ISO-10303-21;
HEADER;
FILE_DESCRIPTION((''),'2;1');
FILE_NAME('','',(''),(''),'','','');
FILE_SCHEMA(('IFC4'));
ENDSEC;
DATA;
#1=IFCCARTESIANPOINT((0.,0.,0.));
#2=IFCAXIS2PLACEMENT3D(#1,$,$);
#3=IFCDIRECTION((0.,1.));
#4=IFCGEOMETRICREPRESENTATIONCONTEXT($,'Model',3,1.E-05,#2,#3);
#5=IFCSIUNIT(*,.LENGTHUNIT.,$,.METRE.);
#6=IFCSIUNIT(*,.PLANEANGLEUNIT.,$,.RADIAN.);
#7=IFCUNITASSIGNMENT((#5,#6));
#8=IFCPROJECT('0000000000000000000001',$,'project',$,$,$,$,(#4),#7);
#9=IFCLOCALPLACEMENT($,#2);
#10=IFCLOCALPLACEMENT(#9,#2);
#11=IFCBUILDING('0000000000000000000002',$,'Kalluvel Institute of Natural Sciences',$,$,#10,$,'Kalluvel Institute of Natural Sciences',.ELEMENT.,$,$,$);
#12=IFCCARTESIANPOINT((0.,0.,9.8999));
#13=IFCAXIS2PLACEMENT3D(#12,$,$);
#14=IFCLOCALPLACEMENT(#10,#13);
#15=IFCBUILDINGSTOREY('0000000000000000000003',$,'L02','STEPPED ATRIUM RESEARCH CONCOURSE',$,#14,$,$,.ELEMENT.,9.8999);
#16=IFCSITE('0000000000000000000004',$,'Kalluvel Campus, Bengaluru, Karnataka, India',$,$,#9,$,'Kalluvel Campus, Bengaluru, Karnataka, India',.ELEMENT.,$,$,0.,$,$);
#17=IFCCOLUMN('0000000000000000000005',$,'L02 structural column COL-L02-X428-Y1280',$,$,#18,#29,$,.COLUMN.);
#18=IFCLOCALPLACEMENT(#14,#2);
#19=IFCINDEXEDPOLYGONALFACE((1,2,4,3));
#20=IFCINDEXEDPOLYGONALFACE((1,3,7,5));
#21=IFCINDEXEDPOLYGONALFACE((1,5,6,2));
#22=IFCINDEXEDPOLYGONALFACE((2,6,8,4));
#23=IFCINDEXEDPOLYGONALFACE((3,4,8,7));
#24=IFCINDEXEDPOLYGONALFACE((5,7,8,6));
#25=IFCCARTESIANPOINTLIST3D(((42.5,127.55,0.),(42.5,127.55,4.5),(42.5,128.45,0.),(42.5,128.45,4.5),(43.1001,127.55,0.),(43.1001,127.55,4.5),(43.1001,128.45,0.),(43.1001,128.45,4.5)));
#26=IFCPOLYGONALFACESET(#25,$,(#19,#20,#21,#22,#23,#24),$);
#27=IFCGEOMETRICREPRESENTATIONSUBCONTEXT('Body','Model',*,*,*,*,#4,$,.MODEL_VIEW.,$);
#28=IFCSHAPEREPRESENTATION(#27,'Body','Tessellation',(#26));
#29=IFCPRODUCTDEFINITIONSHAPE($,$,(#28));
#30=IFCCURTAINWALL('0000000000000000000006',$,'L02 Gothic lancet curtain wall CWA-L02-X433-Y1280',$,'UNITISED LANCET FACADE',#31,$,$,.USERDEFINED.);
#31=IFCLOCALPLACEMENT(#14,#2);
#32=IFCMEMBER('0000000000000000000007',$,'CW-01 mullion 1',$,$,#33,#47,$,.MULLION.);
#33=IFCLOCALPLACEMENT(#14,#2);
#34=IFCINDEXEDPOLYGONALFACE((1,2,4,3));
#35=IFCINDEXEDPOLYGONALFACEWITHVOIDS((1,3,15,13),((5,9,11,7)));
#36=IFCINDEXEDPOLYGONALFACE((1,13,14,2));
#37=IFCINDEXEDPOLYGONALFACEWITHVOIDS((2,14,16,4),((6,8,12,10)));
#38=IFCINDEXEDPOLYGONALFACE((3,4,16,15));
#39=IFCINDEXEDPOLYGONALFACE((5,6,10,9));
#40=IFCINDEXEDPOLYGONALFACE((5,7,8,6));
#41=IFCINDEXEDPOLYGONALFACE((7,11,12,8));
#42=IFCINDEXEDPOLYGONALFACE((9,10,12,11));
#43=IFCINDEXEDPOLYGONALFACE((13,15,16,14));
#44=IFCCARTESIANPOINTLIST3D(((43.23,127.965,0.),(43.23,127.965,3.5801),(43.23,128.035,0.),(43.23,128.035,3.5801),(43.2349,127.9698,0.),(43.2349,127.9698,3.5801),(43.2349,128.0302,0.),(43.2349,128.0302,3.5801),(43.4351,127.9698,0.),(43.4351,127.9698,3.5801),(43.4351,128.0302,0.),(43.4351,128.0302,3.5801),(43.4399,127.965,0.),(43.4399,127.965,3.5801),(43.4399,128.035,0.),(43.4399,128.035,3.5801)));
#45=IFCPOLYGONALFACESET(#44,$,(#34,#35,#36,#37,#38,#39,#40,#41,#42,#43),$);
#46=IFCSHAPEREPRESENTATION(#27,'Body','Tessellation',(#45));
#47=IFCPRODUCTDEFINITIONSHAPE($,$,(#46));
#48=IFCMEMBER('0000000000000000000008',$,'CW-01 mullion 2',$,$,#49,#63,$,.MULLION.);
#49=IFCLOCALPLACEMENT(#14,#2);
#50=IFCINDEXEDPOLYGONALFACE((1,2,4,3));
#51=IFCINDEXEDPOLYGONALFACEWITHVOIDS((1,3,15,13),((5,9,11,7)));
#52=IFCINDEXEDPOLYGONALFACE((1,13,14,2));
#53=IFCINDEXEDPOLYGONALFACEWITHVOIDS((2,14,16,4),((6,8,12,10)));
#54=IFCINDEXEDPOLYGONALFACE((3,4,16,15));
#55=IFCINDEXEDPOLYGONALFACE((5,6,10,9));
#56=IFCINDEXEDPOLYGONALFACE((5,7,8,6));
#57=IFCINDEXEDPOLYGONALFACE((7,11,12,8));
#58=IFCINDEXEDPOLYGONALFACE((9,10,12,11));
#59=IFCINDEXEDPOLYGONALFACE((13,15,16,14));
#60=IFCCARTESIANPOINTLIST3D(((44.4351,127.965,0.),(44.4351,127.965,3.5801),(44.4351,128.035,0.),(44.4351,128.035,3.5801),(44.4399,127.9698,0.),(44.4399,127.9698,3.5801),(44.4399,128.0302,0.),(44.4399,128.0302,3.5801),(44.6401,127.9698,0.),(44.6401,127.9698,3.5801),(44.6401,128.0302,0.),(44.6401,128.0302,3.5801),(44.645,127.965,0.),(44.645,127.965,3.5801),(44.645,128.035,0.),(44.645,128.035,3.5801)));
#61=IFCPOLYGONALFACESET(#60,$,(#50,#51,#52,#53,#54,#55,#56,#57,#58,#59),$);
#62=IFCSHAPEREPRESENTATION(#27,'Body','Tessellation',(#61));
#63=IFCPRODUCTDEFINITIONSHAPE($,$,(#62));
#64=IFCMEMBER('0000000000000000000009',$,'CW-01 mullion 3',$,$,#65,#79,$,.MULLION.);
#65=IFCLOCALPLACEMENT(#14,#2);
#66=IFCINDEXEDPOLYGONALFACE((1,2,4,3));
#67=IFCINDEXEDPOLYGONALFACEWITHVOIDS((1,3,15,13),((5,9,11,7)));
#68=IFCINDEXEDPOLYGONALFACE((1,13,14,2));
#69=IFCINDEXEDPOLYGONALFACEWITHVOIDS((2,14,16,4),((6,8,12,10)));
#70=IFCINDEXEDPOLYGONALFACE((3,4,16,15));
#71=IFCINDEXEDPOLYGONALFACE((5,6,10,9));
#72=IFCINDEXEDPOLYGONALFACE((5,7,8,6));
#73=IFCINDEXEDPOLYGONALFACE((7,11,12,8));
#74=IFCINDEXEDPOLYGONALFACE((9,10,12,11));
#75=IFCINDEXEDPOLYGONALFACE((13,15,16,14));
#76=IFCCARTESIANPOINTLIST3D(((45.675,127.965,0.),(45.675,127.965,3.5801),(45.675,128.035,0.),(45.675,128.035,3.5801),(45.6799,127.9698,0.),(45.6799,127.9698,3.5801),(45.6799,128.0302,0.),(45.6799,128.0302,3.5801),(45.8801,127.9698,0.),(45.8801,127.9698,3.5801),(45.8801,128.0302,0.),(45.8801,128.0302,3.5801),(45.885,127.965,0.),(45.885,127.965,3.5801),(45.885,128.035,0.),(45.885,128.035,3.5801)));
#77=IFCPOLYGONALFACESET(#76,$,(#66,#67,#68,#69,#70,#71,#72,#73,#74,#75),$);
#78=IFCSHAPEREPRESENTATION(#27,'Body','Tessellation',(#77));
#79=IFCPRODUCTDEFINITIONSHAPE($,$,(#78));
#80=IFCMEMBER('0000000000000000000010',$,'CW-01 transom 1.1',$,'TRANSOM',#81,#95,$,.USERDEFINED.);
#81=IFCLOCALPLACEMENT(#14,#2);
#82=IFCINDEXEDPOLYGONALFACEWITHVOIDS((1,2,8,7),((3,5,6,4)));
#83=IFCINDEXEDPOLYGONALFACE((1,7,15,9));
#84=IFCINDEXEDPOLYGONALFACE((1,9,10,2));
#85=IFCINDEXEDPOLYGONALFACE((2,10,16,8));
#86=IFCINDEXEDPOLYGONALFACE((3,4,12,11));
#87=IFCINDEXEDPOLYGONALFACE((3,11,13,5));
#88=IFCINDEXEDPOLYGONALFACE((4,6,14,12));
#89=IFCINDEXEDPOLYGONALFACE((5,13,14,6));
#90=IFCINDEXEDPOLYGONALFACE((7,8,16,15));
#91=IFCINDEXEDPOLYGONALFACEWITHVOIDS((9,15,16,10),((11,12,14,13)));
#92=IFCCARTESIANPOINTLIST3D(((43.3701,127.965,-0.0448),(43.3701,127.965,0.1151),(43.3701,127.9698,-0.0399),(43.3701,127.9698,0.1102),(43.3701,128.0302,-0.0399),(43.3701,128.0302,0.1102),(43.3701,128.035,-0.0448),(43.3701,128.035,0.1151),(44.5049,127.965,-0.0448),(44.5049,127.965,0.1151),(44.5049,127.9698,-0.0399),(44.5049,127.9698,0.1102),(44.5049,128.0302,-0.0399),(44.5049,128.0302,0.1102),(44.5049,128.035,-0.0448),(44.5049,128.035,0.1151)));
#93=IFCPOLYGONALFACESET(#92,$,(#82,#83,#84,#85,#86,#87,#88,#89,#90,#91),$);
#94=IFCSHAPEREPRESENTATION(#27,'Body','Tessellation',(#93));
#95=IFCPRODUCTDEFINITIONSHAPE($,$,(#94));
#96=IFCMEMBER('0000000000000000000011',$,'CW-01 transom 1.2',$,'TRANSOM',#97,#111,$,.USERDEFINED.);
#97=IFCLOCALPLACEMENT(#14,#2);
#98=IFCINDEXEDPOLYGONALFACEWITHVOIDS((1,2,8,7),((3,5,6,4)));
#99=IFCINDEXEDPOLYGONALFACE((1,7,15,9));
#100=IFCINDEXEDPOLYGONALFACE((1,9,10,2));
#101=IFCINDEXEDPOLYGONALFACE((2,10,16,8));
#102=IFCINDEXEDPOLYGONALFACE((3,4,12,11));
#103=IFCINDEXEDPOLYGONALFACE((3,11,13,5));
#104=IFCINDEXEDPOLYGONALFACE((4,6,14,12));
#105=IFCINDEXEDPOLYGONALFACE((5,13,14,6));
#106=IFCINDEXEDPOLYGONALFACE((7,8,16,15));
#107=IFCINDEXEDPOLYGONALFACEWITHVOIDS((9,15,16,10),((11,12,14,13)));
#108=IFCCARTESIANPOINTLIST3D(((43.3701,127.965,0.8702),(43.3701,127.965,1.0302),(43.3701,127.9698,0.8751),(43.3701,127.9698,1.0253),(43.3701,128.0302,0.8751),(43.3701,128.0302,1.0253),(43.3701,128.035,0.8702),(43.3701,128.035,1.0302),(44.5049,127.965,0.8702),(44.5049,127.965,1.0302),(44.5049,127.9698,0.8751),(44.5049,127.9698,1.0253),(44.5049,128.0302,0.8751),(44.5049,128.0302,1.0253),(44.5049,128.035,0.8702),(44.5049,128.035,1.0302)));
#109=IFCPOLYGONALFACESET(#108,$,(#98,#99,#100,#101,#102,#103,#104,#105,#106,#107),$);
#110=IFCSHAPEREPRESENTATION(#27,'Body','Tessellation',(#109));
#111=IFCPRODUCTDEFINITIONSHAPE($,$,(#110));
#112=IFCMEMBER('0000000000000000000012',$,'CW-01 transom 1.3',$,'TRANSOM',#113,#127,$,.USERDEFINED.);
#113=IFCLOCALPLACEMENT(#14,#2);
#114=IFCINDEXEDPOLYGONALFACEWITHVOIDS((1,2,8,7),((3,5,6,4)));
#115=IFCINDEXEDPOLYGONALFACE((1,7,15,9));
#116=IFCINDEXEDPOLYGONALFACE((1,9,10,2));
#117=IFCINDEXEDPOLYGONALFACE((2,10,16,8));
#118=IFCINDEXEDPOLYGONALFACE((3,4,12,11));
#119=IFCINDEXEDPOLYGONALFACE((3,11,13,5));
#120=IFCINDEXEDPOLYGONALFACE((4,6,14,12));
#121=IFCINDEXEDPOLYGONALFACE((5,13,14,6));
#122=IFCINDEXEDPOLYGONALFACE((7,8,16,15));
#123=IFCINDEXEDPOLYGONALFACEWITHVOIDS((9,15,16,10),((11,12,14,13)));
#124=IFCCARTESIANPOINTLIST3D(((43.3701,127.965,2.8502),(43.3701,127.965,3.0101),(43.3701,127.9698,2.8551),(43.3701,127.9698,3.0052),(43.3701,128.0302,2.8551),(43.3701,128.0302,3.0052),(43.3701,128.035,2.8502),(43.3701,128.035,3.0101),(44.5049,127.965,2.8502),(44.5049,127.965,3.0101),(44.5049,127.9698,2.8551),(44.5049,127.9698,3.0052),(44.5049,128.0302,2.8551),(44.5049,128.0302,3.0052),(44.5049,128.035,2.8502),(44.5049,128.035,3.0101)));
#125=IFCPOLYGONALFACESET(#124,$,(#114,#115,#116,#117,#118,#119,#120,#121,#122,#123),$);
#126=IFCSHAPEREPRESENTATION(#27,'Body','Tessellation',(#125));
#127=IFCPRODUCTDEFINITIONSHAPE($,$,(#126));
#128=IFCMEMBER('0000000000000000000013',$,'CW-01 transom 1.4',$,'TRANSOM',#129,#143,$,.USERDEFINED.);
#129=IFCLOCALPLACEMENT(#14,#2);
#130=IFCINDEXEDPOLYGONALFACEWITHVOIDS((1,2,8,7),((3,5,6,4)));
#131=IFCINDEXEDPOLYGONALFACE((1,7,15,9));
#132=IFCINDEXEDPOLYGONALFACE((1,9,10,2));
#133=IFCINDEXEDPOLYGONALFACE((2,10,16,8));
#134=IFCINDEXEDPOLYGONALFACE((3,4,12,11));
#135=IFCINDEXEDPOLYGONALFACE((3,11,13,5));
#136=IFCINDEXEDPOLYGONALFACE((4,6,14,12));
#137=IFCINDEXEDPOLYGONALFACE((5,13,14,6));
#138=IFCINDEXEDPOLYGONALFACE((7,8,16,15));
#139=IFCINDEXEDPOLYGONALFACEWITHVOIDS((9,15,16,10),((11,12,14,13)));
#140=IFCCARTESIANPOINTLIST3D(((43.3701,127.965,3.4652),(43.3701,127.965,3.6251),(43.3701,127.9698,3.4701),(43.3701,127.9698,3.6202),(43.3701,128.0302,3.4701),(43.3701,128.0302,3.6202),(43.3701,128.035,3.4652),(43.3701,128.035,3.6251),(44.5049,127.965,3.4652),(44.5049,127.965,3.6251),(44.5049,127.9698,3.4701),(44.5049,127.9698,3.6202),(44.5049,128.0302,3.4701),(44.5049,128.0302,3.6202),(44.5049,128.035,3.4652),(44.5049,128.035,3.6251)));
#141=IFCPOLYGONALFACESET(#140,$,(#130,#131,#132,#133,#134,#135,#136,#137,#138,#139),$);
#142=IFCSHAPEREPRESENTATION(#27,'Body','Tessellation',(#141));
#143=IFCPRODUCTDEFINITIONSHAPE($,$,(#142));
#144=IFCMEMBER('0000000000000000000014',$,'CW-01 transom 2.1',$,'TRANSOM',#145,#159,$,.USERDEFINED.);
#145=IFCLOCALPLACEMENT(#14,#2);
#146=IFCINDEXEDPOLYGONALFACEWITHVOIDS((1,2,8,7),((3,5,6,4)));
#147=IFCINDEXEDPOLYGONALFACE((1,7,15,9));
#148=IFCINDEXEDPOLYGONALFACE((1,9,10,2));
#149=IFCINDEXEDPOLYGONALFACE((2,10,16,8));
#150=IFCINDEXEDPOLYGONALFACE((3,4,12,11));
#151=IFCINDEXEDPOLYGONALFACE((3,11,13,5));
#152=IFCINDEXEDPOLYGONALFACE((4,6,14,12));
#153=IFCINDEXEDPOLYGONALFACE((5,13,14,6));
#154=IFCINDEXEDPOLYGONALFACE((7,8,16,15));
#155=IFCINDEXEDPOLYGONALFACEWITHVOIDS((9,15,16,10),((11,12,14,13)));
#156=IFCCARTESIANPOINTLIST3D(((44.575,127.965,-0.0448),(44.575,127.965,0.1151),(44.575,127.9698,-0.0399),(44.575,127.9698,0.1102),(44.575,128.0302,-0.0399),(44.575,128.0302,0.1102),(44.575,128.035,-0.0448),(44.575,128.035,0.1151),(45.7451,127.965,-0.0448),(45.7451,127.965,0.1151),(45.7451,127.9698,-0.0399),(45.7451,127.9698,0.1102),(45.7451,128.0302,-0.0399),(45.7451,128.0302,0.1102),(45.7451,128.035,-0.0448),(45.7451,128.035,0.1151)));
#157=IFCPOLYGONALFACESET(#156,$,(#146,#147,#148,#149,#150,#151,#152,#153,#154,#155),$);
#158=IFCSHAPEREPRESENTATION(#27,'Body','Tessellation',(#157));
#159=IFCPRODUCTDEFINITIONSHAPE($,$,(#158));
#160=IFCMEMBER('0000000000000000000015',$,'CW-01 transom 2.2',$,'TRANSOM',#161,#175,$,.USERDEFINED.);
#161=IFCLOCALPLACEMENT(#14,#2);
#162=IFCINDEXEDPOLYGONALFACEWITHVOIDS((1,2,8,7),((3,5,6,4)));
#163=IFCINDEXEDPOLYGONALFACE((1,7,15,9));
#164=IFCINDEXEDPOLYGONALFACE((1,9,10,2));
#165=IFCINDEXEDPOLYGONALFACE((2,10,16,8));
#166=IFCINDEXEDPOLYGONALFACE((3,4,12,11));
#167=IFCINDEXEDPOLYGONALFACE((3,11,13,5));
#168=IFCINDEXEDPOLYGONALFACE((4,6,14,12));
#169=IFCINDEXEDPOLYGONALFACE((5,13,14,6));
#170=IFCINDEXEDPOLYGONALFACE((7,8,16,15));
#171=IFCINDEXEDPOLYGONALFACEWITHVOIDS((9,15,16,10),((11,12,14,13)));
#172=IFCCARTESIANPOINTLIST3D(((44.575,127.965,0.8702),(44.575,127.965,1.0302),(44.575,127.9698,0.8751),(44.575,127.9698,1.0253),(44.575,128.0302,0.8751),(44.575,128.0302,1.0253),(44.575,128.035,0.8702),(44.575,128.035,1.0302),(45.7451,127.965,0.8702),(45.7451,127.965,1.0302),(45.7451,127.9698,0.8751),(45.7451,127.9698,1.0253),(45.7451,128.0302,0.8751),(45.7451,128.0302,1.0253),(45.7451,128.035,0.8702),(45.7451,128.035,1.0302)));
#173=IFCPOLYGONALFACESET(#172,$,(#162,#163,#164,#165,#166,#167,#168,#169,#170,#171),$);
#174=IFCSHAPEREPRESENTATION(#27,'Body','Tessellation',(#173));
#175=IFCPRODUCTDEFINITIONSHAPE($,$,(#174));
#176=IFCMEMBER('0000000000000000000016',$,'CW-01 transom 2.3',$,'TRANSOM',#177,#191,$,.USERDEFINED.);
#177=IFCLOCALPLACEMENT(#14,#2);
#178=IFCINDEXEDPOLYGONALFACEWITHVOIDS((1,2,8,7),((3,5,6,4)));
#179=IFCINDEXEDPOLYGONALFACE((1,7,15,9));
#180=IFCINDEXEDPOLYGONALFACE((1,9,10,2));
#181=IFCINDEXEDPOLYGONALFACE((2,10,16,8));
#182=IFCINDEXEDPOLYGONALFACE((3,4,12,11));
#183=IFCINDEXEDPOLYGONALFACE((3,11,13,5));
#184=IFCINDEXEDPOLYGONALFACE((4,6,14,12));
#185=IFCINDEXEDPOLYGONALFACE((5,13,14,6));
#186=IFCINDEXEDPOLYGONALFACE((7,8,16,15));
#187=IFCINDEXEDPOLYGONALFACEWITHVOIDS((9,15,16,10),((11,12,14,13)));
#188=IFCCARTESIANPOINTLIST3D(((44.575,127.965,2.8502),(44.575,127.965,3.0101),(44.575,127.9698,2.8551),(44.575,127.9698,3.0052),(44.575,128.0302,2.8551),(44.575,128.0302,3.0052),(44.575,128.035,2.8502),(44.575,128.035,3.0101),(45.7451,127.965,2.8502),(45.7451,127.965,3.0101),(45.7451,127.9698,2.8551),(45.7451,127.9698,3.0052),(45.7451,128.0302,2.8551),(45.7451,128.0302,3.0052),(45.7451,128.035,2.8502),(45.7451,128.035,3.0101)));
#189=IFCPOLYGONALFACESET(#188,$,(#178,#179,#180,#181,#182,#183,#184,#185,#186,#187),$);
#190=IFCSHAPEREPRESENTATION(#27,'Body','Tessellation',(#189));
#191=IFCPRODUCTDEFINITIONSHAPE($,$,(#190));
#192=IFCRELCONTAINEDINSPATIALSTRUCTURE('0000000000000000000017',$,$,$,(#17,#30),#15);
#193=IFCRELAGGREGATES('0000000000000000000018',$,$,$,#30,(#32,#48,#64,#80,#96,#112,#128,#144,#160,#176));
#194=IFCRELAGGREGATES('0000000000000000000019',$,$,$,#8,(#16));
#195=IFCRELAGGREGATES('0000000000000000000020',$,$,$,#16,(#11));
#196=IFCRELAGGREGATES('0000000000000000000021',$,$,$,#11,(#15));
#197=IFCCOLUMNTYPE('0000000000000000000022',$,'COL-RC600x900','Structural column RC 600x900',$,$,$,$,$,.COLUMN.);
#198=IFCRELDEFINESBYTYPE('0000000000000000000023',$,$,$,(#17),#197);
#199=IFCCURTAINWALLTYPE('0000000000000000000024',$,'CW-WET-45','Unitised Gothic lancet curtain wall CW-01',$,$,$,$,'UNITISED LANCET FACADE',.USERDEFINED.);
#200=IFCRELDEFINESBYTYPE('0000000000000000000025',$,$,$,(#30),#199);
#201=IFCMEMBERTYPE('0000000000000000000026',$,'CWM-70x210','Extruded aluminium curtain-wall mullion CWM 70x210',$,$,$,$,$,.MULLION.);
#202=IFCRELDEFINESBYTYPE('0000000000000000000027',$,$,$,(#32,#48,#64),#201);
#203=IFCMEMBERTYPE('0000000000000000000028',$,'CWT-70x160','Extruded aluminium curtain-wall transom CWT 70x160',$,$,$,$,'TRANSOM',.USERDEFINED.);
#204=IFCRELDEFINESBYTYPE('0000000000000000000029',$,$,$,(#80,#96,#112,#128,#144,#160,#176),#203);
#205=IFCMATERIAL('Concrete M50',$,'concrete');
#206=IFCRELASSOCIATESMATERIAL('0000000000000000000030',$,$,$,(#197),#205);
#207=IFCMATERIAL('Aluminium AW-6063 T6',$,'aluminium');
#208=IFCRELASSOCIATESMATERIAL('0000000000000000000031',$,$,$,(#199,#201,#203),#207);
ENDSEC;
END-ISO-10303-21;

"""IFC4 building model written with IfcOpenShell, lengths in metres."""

from ifc_helpers import new_model, si_unit, direction, frame, origin, origin_2d, place, context, subcontext, project, spatial, rectangle, hollow_rectangle, extrude, material, material_profile, profile_set, type_object, element, aggregate, save


model = new_model("IFC4")

# Units and contexts
model_context = context("Model", 3, precision=1e-05, world=origin(), true_north=direction((0.0, 1.0)))
body_context = subcontext(model_context, "Body", "Model", "MODEL_VIEW")
ifc_project = project(units=[si_unit("LENGTHUNIT", "METRE"), si_unit("PLANEANGLEUNIT", "RADIAN")], contexts=[model_context])

# Site, building, storey
site_placement = place(None, origin())
site = spatial("IfcSite", under=ifc_project, at=site_placement, Name="Kalluvel Campus, Bengaluru, Karnataka, India", LongName="Kalluvel Campus, Bengaluru, Karnataka, India", CompositionType="ELEMENT", RefElevation=0.0)
building_placement = place(site_placement, origin())
building = spatial("IfcBuilding", under=site, at=building_placement, Name="Kalluvel Institute of Natural Sciences", LongName="Kalluvel Institute of Natural Sciences", CompositionType="ELEMENT")
storey_placement = place(building_placement, frame((0.0, 0.0, 9.8999)))
storey = spatial("IfcBuildingStorey", under=building, at=storey_placement, Name="L02", Description="STEPPED ATRIUM RESEARCH CONCOURSE", CompositionType="ELEMENT", Elevation=9.8999)

# Column
ifc_material_1 = material(Name="Concrete M50", Category="concrete")
ifc_material_profile_1 = material_profile(ifc_material_1, rectangle(XDim=0.6001, YDim=0.8999, at=origin_2d()), Name="RC 600x900")
ifc_profile_set_1 = profile_set([ifc_material_profile_1], Name="Concrete M50")
column_type = type_object("IfcColumnType", Name="COL-RC600x900", Description="Structural column RC 600x900", PredefinedType="COLUMN", material=ifc_profile_set_1)
column_placement = place(storey_placement, frame((42.8, 128.0, 0.0), z_axis=(0.0, 0.0, 1.0), x_axis=(1.0, 0.0, 0.0)))
element("IfcColumn", 1, at=column_placement, inside=storey, type_object=column_type, Name="L02 structural column COL-L02-X428-Y1280", PredefinedType="COLUMN", context=body_context, shape_type="SweptSolid", body=[
    extrude(rectangle(XDim=0.6001, YDim=0.8999, at=origin_2d()), origin(), (0.0, 0.0, 1.0), 4.5),
])

# Curtain wall, members
ifc_material_2 = material(Name="Aluminium AW-6063 T6", Category="aluminium")
curtain_wall_type = type_object("IfcCurtainWallType", Name="CW-WET-45", Description="Unitised Gothic lancet curtain wall CW-01", ElementType="UNITISED LANCET FACADE", PredefinedType="USERDEFINED", material=ifc_material_2)
curtain_wall_placement = place(storey_placement, origin())
curtain_wall = element("IfcCurtainWall", 2, at=curtain_wall_placement, inside=storey, type_object=curtain_wall_type, Name="L02 Gothic lancet curtain wall CWA-L02-X433-Y1280", ObjectType="UNITISED LANCET FACADE", PredefinedType="USERDEFINED")
ifc_material_profile_2 = material_profile(ifc_material_2, hollow_rectangle(XDim=0.0701, YDim=0.21, WallThickness=0.0049, at=origin_2d()), Name="CWM 70x210")
ifc_profile_set_2 = profile_set([ifc_material_profile_2], Name="Aluminium AW-6063 T6")
member_type_1 = type_object("IfcMemberType", Name="CWM-70x210", Description="Extruded aluminium curtain-wall mullion CWM 70x210", PredefinedType="MULLION", material=ifc_profile_set_2)
member_1_placement = place(storey_placement, frame((43.335, 128.0, 0.0), z_axis=(0.0, 0.0, 1.0), x_axis=(0.0, 1.0, 0.0)))
member_1 = element("IfcMember", 3, at=member_1_placement, type_object=member_type_1, Name="CW-01 mullion 1", PredefinedType="MULLION", context=body_context, shape_type="SweptSolid", body=[
    extrude(hollow_rectangle(XDim=0.0701, YDim=0.21, WallThickness=0.0049, at=origin_2d()), origin(), (0.0, 0.0, 1.0), 3.5801),
])
member_2_placement = place(storey_placement, frame((44.54, 128.0, 0.0), z_axis=(0.0, 0.0, 1.0), x_axis=(0.0, 1.0, 0.0)))
member_2 = element("IfcMember", 4, at=member_2_placement, type_object=member_type_1, Name="CW-01 mullion 2", PredefinedType="MULLION", context=body_context, shape_type="SweptSolid", body=[
    extrude(hollow_rectangle(XDim=0.0701, YDim=0.21, WallThickness=0.0049, at=origin_2d()), origin(), (0.0, 0.0, 1.0), 3.5801),
])
member_3_placement = place(storey_placement, frame((45.78, 128.0, 0.0), z_axis=(0.0, 0.0, 1.0), x_axis=(0.0, 1.0, 0.0)))
member_3 = element("IfcMember", 5, at=member_3_placement, type_object=member_type_1, Name="CW-01 mullion 3", PredefinedType="MULLION", context=body_context, shape_type="SweptSolid", body=[
    extrude(hollow_rectangle(XDim=0.0701, YDim=0.21, WallThickness=0.0049, at=origin_2d()), origin(), (0.0, 0.0, 1.0), 3.5801),
])
ifc_material_profile_3 = material_profile(ifc_material_2, hollow_rectangle(XDim=0.0701, YDim=0.1599, WallThickness=0.0049, at=origin_2d()), Name="CWT 70x160")
ifc_profile_set_3 = profile_set([ifc_material_profile_3], Name="Aluminium AW-6063 T6")
member_type_2 = type_object("IfcMemberType", Name="CWT-70x160", Description="Extruded aluminium curtain-wall transom CWT 70x160", ElementType="TRANSOM", PredefinedType="USERDEFINED", material=ifc_profile_set_3)
member_4_placement = place(storey_placement, frame((43.3701, 128.0, 0.0352), z_axis=(1.0, 0.0, 0.0), x_axis=(0.0, 1.0, 0.0)))
member_4 = element("IfcMember", 6, at=member_4_placement, type_object=member_type_2, Name="CW-01 transom 1.1", ObjectType="TRANSOM", PredefinedType="USERDEFINED", context=body_context, shape_type="SweptSolid", body=[
    extrude(hollow_rectangle(XDim=0.0701, YDim=0.1599, WallThickness=0.0049, at=origin_2d()), origin(), (0.0, 0.0, 1.0), 1.1348),
])
member_5_placement = place(storey_placement, frame((43.3701, 128.0, 0.9502), z_axis=(1.0, 0.0, 0.0), x_axis=(0.0, 1.0, 0.0)))
member_5 = element("IfcMember", 7, at=member_5_placement, type_object=member_type_2, Name="CW-01 transom 1.2", ObjectType="TRANSOM", PredefinedType="USERDEFINED", context=body_context, shape_type="SweptSolid", body=[
    extrude(hollow_rectangle(XDim=0.0701, YDim=0.1599, WallThickness=0.0049, at=origin_2d()), origin(), (0.0, 0.0, 1.0), 1.1348),
])
member_6_placement = place(storey_placement, frame((43.3701, 128.0, 2.9302), z_axis=(1.0, 0.0, 0.0), x_axis=(0.0, 1.0, 0.0)))
member_6 = element("IfcMember", 8, at=member_6_placement, type_object=member_type_2, Name="CW-01 transom 1.3", ObjectType="TRANSOM", PredefinedType="USERDEFINED", context=body_context, shape_type="SweptSolid", body=[
    extrude(hollow_rectangle(XDim=0.0701, YDim=0.1599, WallThickness=0.0049, at=origin_2d()), origin(), (0.0, 0.0, 1.0), 1.1348),
])
member_7_placement = place(storey_placement, frame((43.3701, 128.0, 3.5452), z_axis=(1.0, 0.0, 0.0), x_axis=(0.0, 1.0, 0.0)))
member_7 = element("IfcMember", 9, at=member_7_placement, type_object=member_type_2, Name="CW-01 transom 1.4", ObjectType="TRANSOM", PredefinedType="USERDEFINED", context=body_context, shape_type="SweptSolid", body=[
    extrude(hollow_rectangle(XDim=0.0701, YDim=0.1599, WallThickness=0.0049, at=origin_2d()), origin(), (0.0, 0.0, 1.0), 1.1348),
])
member_8_placement = place(storey_placement, frame((44.575, 128.0, 0.0352), z_axis=(1.0, 0.0, 0.0), x_axis=(0.0, 1.0, 0.0)))
member_8 = element("IfcMember", 10, at=member_8_placement, type_object=member_type_2, Name="CW-01 transom 2.1", ObjectType="TRANSOM", PredefinedType="USERDEFINED", context=body_context, shape_type="SweptSolid", body=[
    extrude(hollow_rectangle(XDim=0.0701, YDim=0.1599, WallThickness=0.0049, at=origin_2d()), origin(), (0.0, 0.0, 1.0), 1.1702),
])
member_9_placement = place(storey_placement, frame((44.575, 128.0, 0.9502), z_axis=(1.0, 0.0, 0.0), x_axis=(0.0, 1.0, 0.0)))
member_9 = element("IfcMember", 11, at=member_9_placement, type_object=member_type_2, Name="CW-01 transom 2.2", ObjectType="TRANSOM", PredefinedType="USERDEFINED", context=body_context, shape_type="SweptSolid", body=[
    extrude(hollow_rectangle(XDim=0.0701, YDim=0.1599, WallThickness=0.0049, at=origin_2d()), origin(), (0.0, 0.0, 1.0), 1.1702),
])
member_10_placement = place(storey_placement, frame((44.575, 128.0, 2.9302), z_axis=(1.0, 0.0, 0.0), x_axis=(0.0, 1.0, 0.0)))
member_10 = element("IfcMember", 12, at=member_10_placement, type_object=member_type_2, Name="CW-01 transom 2.3", ObjectType="TRANSOM", PredefinedType="USERDEFINED", context=body_context, shape_type="SweptSolid", body=[
    extrude(hollow_rectangle(XDim=0.0701, YDim=0.1599, WallThickness=0.0049, at=origin_2d()), origin(), (0.0, 0.0, 1.0), 1.1702),
])

aggregate(curtain_wall, [member_1, member_2, member_3, member_4, member_5, member_6, member_7, member_8, member_9, member_10])

save(model, "model.ifc")
